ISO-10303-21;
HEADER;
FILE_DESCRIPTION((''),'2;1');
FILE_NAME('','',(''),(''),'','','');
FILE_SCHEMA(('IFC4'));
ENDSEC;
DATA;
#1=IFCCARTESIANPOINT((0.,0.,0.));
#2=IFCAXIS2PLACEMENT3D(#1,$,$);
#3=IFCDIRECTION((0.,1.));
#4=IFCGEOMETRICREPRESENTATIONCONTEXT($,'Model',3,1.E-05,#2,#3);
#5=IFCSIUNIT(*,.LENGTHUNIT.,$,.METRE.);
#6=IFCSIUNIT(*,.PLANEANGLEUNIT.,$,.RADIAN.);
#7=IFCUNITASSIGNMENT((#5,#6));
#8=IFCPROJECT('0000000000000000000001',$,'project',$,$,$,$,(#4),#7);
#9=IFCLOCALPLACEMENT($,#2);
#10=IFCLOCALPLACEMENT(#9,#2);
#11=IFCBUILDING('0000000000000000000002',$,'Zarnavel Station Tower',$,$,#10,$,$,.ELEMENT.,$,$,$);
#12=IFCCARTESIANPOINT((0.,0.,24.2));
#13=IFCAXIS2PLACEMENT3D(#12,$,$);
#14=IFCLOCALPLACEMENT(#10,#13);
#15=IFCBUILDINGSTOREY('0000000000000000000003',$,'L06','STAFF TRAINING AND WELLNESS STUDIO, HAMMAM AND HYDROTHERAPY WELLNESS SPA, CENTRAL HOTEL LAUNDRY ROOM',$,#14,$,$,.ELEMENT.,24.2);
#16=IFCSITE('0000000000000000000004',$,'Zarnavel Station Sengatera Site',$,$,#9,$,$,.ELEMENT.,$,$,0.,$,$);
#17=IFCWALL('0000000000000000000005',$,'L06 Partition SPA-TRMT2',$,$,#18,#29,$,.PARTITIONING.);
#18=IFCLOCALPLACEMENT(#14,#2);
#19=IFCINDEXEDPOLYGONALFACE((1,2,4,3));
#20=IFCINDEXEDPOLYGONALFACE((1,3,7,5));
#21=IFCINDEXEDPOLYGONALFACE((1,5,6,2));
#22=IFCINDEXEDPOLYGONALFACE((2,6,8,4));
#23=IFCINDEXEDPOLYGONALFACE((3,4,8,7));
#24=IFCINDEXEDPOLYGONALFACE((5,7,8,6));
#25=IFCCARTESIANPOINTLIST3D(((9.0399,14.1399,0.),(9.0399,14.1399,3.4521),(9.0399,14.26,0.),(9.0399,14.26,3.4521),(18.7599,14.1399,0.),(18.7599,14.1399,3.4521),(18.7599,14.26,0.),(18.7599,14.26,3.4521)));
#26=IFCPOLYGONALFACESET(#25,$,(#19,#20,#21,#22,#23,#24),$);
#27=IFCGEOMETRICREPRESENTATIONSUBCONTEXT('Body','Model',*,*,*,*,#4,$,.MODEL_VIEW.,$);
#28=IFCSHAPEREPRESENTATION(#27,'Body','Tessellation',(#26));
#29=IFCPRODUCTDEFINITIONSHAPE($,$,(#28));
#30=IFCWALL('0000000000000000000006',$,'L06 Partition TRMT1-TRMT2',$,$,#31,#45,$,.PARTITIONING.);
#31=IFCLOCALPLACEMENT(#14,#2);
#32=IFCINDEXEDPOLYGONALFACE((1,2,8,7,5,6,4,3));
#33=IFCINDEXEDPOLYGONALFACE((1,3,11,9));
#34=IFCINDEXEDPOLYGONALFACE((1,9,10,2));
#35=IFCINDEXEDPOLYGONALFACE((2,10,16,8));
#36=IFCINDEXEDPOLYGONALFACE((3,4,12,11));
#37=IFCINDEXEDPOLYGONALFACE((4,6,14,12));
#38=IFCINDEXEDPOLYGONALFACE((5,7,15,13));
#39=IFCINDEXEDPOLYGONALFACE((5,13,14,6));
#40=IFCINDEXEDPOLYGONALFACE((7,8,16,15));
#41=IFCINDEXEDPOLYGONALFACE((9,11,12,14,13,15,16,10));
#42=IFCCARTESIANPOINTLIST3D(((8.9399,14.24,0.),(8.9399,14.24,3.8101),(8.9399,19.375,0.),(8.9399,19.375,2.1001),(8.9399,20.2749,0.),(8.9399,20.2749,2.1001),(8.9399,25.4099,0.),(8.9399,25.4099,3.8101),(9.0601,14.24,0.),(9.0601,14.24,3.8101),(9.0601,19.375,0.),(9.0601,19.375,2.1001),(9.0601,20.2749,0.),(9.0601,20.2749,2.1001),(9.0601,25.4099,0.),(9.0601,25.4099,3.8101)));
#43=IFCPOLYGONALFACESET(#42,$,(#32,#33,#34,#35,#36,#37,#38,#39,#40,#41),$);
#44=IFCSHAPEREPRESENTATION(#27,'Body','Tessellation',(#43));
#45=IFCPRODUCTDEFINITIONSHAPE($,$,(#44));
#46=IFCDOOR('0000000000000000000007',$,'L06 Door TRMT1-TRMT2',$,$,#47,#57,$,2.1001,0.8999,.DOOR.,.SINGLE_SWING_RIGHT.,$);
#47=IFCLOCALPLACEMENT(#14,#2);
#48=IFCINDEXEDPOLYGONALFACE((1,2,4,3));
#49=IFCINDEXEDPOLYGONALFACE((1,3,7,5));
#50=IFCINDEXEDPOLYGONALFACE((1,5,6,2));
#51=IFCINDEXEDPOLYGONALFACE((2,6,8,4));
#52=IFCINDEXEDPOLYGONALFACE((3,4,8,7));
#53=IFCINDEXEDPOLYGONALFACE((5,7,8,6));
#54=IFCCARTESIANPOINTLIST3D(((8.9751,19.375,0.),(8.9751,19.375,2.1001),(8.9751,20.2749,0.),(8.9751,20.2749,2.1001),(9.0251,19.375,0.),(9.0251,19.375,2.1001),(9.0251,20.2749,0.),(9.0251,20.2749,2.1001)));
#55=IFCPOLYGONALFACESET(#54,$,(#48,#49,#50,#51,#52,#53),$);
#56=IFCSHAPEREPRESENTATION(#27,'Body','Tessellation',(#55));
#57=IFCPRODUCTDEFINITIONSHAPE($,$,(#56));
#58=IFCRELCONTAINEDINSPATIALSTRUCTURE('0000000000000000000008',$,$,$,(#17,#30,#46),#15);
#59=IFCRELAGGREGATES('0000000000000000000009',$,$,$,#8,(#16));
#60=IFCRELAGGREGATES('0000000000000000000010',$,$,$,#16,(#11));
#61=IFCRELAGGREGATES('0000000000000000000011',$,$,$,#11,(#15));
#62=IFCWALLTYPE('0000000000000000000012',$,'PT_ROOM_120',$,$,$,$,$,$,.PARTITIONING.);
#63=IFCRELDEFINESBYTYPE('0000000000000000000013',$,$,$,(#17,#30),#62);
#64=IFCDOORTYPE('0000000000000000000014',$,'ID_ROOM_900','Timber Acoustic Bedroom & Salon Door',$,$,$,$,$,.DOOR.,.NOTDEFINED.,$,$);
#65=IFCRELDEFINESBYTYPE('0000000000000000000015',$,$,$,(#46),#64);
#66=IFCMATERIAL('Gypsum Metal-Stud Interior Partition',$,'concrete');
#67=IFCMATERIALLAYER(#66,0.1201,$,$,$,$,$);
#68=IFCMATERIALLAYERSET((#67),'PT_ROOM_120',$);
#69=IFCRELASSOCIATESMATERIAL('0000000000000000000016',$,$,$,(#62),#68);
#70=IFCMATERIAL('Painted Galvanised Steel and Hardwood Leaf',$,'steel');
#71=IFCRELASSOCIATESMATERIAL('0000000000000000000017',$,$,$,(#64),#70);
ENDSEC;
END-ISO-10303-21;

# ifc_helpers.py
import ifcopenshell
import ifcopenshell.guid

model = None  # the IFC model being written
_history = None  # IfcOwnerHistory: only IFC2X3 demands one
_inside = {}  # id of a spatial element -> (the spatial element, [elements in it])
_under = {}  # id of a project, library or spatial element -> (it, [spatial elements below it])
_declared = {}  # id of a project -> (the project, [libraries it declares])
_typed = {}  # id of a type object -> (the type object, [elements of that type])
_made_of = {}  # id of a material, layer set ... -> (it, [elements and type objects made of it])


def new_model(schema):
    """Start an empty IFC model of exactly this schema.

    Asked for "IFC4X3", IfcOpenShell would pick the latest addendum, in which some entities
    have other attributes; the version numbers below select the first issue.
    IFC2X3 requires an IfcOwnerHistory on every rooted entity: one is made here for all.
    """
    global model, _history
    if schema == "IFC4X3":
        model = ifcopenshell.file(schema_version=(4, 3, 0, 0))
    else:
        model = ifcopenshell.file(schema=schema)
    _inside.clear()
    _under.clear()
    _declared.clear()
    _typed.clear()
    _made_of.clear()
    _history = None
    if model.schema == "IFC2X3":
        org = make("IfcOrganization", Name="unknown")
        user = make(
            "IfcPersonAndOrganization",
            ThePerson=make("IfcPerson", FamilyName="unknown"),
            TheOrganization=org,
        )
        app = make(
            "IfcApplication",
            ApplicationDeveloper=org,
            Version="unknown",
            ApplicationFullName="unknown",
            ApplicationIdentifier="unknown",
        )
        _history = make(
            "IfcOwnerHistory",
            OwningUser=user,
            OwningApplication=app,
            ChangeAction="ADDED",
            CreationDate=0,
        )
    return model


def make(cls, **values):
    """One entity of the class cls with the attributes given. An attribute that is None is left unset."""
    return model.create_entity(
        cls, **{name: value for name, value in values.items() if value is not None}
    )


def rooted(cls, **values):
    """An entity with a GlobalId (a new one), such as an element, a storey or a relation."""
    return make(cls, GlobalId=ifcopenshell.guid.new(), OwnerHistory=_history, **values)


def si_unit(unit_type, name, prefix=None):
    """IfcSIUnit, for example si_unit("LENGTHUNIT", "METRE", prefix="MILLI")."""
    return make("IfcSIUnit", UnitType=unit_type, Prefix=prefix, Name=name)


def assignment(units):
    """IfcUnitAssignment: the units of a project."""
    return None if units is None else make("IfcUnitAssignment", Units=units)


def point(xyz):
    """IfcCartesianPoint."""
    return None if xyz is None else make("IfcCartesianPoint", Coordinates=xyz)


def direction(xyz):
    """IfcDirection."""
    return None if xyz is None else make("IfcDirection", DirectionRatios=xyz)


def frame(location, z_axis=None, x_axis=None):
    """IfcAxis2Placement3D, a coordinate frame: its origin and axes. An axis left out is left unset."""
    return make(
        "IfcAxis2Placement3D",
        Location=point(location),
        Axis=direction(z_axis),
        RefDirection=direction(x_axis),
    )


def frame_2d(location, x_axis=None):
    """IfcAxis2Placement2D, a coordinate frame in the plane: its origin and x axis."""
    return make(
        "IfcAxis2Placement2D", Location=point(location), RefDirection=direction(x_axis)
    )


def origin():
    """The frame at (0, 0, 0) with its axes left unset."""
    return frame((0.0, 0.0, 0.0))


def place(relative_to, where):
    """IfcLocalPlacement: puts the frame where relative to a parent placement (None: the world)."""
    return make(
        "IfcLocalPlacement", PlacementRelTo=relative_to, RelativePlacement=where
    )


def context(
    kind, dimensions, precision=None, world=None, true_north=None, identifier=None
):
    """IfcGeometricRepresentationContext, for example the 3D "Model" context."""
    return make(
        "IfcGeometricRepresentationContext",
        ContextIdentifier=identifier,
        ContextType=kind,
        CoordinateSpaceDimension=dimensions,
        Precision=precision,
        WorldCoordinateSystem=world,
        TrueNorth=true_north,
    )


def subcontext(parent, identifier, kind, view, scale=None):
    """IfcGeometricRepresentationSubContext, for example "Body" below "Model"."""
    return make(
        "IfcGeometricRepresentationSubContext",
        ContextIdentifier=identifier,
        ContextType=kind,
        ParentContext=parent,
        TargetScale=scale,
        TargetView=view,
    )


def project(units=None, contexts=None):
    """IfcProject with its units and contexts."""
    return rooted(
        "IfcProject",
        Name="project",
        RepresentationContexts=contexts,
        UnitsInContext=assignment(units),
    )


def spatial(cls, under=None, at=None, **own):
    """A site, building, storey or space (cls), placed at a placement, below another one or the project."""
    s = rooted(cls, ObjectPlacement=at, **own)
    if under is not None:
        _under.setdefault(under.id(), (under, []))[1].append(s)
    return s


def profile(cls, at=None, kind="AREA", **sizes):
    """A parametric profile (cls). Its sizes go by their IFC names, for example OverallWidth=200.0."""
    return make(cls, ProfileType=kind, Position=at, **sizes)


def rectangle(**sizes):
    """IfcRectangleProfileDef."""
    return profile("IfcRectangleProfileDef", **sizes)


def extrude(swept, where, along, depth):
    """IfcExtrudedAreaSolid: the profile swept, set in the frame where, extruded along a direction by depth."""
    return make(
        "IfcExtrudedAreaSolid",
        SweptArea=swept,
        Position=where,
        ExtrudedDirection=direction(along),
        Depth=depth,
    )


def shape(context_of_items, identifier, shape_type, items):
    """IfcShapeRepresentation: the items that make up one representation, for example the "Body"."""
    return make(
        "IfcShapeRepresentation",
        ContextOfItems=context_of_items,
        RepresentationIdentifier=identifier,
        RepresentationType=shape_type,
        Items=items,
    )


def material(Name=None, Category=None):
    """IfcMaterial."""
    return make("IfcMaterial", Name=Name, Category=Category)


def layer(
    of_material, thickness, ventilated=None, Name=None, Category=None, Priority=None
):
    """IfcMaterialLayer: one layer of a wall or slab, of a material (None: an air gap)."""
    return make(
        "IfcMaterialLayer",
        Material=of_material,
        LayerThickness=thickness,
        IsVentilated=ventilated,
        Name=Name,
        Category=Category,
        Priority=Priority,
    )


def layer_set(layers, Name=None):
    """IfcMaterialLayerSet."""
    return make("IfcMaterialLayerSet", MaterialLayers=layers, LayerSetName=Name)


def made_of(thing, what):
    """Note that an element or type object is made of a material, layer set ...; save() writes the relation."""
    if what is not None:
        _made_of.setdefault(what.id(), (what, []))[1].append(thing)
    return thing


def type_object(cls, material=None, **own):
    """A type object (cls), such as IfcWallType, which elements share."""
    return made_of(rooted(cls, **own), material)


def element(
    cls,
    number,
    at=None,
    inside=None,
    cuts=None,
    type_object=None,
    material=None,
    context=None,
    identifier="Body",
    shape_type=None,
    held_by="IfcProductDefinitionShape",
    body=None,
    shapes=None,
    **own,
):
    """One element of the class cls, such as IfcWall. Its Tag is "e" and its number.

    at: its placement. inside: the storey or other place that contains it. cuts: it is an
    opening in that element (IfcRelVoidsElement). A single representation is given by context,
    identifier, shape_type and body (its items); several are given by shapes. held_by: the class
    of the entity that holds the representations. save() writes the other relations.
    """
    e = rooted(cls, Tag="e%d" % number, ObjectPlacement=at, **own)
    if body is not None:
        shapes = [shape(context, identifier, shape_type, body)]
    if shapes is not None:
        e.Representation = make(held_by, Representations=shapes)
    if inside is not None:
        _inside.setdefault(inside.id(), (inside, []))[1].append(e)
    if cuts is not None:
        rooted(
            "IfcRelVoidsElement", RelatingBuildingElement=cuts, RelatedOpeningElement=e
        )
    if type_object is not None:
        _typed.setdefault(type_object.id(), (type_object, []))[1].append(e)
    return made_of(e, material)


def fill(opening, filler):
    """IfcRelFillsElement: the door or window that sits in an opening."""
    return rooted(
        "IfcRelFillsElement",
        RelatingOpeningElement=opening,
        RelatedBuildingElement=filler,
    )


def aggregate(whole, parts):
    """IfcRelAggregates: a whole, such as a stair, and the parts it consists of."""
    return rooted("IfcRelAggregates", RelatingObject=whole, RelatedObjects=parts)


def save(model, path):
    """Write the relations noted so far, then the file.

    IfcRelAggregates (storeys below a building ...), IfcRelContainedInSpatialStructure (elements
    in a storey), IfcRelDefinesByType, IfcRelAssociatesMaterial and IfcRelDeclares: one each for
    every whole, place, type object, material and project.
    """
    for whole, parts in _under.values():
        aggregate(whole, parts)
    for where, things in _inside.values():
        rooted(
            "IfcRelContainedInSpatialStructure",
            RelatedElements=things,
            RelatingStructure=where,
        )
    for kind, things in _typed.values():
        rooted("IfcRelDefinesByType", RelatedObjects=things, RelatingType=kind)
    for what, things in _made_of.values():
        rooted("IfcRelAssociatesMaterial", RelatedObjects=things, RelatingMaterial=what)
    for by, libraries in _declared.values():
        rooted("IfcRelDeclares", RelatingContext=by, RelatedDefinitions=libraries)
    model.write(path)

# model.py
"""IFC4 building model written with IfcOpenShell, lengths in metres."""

from ifc_helpers import new_model, si_unit, direction, frame, frame_2d, origin, place, context, subcontext, project, spatial, rectangle, extrude, material, layer, layer_set, type_object, element, fill, save


model = new_model("IFC4")

# Units and contexts
model_context = context("Model", 3, precision=1e-05, world=origin(), true_north=direction((0.0, 1.0)))
body_context = subcontext(model_context, "Body", "Model", "MODEL_VIEW")
ifc_project = project(units=[si_unit("LENGTHUNIT", "METRE"), si_unit("PLANEANGLEUNIT", "RADIAN")], contexts=[model_context])

# Site, building, storey
site_placement = place(None, origin())
site = spatial("IfcSite", under=ifc_project, at=site_placement, Name="Zarnavel Station Sengatera Site", CompositionType="ELEMENT", RefElevation=0.0)
building_placement = place(site_placement, origin())
building = spatial("IfcBuilding", under=site, at=building_placement, Name="Zarnavel Station Tower", CompositionType="ELEMENT")
storey_placement = place(building_placement, frame((0.0, 0.0, 24.2)))
storey = spatial("IfcBuildingStorey", under=building, at=storey_placement, Name="L06", Description="STAFF TRAINING AND WELLNESS STUDIO, HAMMAM AND HYDROTHERAPY WELLNESS SPA, CENTRAL HOTEL LAUNDRY ROOM", CompositionType="ELEMENT", Elevation=24.2)

# Shared definitions
ifc_material_1 = material(Name="Gypsum Metal-Stud Interior Partition", Category="concrete")
ifc_layer_1 = layer(ifc_material_1, 0.1201)
ifc_layer_set_1 = layer_set([ifc_layer_1], Name="PT_ROOM_120")
wall_type_1 = type_object("IfcWallType", Name="PT_ROOM_120", PredefinedType="PARTITIONING", material=ifc_layer_set_1)
ifc_material_2 = material(Name="Painted Galvanised Steel and Hardwood Leaf", Category="steel")
door_type = type_object("IfcDoorType", Name="ID_ROOM_900", Description="Timber Acoustic Bedroom & Salon Door", OperationType="NOTDEFINED", PredefinedType="DOOR", material=ifc_material_2)

# Wall
wall_1_placement = place(storey_placement, frame((9.04, 14.2, 0.0), z_axis=(0.0, 0.0, 1.0), x_axis=(1.0, 0.0, 0.0)))
element("IfcWall", 1, at=wall_1_placement, inside=storey, type_object=wall_type_1, Name="L06 Partition SPA-TRMT2", PredefinedType="PARTITIONING", context=body_context, shape_type="SweptSolid", body=[
    extrude(rectangle(XDim=9.72, YDim=0.1201, at=frame_2d((4.8599, 0.0))), origin(), (0.0, 0.0, 1.0), 3.4521),
])

# Wall, opening, door
wall_2_placement = place(storey_placement, frame((9.0, 14.24, 0.0), z_axis=(0.0, 0.0, 1.0), x_axis=(0.0, 1.0, 0.0)))
wall_2 = element("IfcWall", 2, at=wall_2_placement, inside=storey, type_object=wall_type_1, Name="L06 Partition TRMT1-TRMT2", PredefinedType="PARTITIONING", context=body_context, shape_type="SweptSolid", body=[
    extrude(rectangle(XDim=11.1699, YDim=0.1201, at=frame_2d((5.585, 0.0))), origin(), (0.0, 0.0, 1.0), 3.8101),
])
opening_1_placement = place(wall_2_placement, frame((5.135, 0.0, 0.0)))
opening_1 = element("IfcOpeningElement", 3, at=opening_1_placement, cuts=wall_2, PredefinedType="OPENING", context=body_context, shape_type="SweptSolid", body=[
    extrude(rectangle(XDim=0.8999, YDim=2.1001, at=frame_2d((0.45, 1.05))), frame((0.0, 0.0701, 0.0), z_axis=(0.0, -1.0, 0.0), x_axis=(1.0, 0.0, 0.0)), (0.0, 0.0, 1.0), 0.1401),
])
door_1_placement = place(opening_1_placement, origin())
door_1 = element("IfcDoor", 4, at=door_1_placement, inside=storey, type_object=door_type, Name="L06 Door TRMT1-TRMT2", OperationType="SINGLE_SWING_RIGHT", OverallHeight=2.1001, OverallWidth=0.8999, PredefinedType="DOOR", context=body_context, shape_type="SweptSolid", body=[
    extrude(rectangle(XDim=0.8999, YDim=2.1001, at=frame_2d((0.45, 1.05))), frame((0.0, 0.0249, 0.0), z_axis=(0.0, -1.0, 0.0), x_axis=(1.0, 0.0, 0.0)), (0.0, 0.0, 1.0), 0.05),
])
fill(opening_1, door_1)

save(model, "model.ifc")
